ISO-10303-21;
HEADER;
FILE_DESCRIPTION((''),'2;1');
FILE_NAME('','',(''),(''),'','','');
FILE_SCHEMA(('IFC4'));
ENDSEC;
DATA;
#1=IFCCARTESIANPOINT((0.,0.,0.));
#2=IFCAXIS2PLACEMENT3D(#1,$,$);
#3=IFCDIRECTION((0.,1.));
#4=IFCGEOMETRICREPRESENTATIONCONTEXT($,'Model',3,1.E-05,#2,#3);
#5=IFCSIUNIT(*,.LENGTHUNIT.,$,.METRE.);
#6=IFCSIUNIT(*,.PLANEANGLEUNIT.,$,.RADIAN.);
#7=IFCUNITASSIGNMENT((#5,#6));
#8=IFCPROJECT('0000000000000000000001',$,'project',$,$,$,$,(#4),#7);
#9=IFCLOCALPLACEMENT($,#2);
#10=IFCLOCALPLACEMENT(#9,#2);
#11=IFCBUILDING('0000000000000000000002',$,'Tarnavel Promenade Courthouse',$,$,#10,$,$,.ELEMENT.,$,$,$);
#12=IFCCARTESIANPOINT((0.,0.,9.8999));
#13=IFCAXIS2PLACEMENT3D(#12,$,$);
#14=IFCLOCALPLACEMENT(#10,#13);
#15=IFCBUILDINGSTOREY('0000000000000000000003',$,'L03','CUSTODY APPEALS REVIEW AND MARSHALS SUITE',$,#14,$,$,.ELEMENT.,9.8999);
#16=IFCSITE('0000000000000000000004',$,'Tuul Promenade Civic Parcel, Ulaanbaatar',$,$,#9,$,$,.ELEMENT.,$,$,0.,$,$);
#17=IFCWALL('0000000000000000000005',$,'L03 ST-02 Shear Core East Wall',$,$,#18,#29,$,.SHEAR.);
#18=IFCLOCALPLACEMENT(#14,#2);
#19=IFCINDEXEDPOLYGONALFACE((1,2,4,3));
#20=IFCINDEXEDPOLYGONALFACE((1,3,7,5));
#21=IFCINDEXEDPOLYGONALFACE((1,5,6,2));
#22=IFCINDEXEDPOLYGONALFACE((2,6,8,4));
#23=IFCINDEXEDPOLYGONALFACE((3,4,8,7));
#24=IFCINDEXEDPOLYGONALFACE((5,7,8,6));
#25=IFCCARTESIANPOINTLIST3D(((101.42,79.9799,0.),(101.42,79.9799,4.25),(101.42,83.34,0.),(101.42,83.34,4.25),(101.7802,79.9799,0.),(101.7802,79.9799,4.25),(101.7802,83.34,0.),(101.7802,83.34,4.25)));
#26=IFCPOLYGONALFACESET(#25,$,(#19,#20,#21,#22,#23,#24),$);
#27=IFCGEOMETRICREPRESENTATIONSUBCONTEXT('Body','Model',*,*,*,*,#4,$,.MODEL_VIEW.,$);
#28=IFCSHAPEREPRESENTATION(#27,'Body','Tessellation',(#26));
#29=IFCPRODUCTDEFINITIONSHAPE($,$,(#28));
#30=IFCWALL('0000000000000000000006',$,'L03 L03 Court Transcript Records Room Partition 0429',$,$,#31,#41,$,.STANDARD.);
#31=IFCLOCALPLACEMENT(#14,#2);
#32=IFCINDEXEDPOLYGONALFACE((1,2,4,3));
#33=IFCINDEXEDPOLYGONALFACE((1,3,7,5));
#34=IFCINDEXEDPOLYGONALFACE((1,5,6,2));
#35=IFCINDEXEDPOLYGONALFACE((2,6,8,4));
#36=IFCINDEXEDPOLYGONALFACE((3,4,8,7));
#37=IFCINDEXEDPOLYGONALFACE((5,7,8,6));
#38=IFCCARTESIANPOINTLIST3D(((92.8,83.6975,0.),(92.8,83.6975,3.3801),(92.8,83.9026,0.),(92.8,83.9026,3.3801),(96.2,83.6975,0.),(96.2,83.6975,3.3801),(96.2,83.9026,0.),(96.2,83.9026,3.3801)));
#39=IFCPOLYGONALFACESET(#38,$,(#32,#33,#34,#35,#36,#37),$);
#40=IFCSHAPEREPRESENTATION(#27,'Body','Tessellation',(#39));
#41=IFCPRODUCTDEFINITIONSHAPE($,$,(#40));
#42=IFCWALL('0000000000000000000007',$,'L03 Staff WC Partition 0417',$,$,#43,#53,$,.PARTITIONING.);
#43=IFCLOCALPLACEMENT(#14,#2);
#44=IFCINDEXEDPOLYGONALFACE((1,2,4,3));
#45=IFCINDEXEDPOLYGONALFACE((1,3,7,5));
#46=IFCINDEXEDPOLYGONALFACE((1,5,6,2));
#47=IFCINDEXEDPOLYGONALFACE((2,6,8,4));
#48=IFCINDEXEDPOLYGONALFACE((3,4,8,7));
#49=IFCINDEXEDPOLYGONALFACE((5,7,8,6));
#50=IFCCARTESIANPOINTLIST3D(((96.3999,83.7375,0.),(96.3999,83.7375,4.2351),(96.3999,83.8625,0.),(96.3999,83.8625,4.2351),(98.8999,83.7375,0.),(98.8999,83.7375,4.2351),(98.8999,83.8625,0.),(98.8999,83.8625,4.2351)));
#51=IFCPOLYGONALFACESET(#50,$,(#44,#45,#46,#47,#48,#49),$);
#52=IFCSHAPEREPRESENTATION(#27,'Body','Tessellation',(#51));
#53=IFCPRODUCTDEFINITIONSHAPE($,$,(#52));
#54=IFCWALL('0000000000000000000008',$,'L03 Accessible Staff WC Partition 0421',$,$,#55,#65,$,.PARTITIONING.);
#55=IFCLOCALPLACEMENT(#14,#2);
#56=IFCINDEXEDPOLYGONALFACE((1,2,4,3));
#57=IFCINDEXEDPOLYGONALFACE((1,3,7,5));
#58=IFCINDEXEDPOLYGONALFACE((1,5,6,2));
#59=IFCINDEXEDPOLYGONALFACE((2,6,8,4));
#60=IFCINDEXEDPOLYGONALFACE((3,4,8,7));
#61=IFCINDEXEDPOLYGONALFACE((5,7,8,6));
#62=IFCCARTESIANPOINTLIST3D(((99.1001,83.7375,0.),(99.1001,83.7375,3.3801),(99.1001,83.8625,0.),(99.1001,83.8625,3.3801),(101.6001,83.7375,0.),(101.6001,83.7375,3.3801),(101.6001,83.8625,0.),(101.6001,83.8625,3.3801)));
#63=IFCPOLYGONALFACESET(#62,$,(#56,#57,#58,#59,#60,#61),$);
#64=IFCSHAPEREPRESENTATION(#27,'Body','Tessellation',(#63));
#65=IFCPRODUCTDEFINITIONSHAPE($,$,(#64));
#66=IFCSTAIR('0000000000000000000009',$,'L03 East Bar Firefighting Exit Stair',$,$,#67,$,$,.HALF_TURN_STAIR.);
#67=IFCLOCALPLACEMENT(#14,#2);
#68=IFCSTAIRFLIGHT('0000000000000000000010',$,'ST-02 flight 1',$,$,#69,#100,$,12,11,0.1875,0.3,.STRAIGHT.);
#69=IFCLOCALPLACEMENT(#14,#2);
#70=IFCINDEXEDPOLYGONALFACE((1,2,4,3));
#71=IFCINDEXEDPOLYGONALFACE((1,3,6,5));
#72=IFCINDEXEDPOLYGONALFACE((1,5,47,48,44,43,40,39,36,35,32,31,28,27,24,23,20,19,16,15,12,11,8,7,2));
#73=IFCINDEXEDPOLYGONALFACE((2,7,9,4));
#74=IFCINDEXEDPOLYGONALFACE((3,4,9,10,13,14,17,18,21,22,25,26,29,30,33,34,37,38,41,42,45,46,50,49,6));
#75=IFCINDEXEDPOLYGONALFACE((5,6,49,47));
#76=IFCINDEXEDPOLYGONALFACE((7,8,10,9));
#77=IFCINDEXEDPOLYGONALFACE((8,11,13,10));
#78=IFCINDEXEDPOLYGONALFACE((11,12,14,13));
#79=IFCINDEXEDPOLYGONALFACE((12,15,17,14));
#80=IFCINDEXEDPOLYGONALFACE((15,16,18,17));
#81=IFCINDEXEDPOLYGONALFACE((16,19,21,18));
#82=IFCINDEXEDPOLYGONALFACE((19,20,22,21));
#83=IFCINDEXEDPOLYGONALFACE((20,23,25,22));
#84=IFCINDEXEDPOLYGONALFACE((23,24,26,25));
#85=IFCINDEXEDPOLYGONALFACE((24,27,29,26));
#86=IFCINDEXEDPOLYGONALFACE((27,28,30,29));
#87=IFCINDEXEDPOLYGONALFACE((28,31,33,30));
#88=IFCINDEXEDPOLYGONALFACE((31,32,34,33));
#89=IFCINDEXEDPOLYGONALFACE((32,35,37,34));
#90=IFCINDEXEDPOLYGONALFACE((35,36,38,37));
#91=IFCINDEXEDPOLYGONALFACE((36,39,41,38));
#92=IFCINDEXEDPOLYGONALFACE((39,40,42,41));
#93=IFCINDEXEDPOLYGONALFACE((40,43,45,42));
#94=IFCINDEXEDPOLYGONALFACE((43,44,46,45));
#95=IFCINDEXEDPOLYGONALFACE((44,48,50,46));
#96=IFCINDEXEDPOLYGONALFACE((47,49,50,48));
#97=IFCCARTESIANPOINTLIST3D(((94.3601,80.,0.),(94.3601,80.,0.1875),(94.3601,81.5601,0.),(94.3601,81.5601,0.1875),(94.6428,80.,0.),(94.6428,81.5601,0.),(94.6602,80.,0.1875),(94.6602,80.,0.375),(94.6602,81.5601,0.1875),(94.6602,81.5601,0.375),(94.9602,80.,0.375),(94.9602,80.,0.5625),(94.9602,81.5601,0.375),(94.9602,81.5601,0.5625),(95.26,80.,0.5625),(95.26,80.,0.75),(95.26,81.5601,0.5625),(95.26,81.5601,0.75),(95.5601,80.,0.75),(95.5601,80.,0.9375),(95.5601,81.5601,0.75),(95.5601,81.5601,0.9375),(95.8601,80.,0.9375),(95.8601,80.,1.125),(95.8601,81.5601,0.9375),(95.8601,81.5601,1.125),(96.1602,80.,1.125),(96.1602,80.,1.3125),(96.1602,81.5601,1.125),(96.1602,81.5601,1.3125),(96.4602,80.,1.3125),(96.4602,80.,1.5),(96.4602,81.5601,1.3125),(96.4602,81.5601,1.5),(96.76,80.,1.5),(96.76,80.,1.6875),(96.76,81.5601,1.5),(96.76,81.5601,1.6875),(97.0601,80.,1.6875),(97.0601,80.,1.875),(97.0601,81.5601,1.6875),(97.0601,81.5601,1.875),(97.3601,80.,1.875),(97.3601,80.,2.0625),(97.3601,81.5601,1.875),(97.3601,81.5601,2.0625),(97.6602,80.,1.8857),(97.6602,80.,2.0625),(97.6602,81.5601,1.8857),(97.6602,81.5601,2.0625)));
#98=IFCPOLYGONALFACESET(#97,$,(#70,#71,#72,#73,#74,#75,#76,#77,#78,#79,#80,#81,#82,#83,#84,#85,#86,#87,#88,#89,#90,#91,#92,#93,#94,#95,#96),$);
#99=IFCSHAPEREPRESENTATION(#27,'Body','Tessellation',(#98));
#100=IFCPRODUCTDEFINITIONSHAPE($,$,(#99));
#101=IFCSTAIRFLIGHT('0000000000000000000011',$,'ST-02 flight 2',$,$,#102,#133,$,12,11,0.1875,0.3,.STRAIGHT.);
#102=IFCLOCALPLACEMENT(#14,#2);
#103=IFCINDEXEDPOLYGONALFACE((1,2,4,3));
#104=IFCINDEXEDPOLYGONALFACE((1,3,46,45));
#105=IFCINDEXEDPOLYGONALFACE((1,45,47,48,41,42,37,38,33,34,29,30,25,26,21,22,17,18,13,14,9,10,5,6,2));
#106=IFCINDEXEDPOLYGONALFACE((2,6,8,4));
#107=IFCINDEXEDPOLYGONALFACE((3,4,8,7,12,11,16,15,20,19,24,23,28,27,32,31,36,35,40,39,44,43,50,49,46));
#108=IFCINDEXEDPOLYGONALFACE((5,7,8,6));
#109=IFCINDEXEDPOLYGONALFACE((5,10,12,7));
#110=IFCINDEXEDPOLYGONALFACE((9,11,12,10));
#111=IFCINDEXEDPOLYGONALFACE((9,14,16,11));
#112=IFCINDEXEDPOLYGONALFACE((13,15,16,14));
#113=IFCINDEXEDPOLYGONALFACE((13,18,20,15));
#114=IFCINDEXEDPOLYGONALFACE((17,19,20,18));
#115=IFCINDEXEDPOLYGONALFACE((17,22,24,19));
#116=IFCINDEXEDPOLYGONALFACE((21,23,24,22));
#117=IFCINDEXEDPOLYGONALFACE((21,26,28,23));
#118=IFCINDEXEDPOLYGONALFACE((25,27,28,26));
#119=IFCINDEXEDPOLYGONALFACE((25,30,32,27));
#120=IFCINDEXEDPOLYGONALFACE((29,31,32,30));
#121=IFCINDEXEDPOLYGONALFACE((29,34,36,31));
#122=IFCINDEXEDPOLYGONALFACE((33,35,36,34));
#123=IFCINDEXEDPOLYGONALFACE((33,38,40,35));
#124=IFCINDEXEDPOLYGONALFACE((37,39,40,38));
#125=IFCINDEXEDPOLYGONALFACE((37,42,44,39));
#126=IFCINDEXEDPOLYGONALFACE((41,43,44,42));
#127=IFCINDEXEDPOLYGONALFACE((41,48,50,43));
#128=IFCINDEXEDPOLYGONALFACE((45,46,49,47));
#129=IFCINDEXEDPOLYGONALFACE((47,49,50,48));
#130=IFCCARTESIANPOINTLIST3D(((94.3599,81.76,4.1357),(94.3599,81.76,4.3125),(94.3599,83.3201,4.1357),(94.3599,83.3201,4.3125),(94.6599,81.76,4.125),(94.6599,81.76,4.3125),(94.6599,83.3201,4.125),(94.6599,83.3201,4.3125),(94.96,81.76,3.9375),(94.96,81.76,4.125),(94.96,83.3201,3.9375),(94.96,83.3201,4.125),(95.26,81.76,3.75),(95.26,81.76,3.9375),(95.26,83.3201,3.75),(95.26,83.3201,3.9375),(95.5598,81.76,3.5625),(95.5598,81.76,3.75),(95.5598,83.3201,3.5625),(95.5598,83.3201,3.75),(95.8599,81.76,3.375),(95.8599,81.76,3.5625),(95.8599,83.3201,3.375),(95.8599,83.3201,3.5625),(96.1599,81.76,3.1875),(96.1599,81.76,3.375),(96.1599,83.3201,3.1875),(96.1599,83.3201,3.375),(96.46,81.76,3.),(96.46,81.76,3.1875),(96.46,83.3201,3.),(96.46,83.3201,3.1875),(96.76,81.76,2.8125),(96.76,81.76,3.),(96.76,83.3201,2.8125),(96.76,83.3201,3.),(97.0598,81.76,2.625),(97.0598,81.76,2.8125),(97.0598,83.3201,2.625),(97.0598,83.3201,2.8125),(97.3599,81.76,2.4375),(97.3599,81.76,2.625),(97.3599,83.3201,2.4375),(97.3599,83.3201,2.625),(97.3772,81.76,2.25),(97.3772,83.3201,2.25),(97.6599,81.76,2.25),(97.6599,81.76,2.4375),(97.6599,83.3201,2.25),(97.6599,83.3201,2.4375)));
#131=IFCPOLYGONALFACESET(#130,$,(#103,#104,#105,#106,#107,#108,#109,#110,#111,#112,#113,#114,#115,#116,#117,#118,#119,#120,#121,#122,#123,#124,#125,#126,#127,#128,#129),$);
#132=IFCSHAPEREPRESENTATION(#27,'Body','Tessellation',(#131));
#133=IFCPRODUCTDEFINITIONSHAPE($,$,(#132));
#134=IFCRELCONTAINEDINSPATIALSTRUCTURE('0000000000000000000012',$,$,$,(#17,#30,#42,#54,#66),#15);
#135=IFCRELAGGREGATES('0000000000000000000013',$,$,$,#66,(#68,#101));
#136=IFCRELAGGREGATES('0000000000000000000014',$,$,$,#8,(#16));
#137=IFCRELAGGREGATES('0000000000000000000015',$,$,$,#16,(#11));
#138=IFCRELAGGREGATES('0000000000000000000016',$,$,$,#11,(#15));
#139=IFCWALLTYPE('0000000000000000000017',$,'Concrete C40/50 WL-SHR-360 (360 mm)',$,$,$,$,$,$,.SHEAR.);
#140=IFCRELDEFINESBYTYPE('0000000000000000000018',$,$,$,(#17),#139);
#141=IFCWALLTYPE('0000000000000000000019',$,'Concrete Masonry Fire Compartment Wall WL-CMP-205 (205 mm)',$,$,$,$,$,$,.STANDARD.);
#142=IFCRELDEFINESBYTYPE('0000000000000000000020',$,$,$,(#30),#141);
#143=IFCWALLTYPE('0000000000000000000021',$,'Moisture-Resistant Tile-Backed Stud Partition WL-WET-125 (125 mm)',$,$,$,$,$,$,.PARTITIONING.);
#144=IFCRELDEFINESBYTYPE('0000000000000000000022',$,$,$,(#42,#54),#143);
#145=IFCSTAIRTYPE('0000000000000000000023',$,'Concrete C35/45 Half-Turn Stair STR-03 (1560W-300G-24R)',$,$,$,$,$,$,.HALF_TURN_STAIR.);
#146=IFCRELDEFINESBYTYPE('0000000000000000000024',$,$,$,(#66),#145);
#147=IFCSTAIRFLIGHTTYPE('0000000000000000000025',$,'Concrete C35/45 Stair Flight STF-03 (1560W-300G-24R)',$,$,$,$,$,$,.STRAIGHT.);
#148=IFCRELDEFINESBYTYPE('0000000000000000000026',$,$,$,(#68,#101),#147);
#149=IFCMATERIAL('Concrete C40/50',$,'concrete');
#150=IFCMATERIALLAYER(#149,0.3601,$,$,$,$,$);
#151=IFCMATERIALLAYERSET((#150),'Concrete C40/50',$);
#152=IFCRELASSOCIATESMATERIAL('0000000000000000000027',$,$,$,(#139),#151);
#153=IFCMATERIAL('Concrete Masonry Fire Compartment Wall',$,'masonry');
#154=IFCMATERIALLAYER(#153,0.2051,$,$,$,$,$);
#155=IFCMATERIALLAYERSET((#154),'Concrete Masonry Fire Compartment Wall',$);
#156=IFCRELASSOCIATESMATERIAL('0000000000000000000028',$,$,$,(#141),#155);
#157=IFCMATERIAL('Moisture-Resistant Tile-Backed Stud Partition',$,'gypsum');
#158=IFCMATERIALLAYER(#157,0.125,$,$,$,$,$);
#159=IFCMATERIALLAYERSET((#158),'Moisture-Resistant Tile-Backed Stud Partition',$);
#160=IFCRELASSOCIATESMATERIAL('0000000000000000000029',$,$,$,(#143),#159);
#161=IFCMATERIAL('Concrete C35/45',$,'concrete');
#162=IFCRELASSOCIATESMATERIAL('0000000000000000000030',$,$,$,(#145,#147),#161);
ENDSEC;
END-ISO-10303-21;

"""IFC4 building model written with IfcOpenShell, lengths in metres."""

from ifc_helpers import new_model, si_unit, direction, frame, frame_2d, origin, place, context, subcontext, project, spatial, polyline, rectangle, outline, extrude, material, layer, layer_set, type_object, element, aggregate, save


model = new_model("IFC4")

# Units and contexts
model_context = context("Model", 3, precision=1e-05, world=origin(), true_north=direction((0.0, 1.0)))
body_context = subcontext(model_context, "Body", "Model", "MODEL_VIEW")
ifc_project = project(units=[si_unit("LENGTHUNIT", "METRE"), si_unit("PLANEANGLEUNIT", "RADIAN")], contexts=[model_context])

# Site, building, storey
site_placement = place(None, origin())
site = spatial("IfcSite", under=ifc_project, at=site_placement, Name="Tuul Promenade Civic Parcel, Ulaanbaatar", CompositionType="ELEMENT", RefElevation=0.0)
building_placement = place(site_placement, origin())
building = spatial("IfcBuilding", under=site, at=building_placement, Name="Tarnavel Promenade Courthouse", CompositionType="ELEMENT")
storey_placement = place(building_placement, frame((0.0, 0.0, 9.8999)))
storey = spatial("IfcBuildingStorey", under=building, at=storey_placement, Name="L03", Description="CUSTODY APPEALS REVIEW AND MARSHALS SUITE", CompositionType="ELEMENT", Elevation=9.8999)

# Shared definitions
ifc_material_1 = material(Name="Concrete C40/50", Category="concrete")

# Shared definitions
ifc_layer_1 = layer(ifc_material_1, 0.3601)
ifc_layer_set_1 = layer_set([ifc_layer_1], Name="Concrete C40/50")
wall_type_1 = type_object("IfcWallType", Name="Concrete C40/50 WL-SHR-360 (360 mm)", PredefinedType="SHEAR", material=ifc_layer_set_1)

# Walls
wall_1_placement = place(storey_placement, frame((101.6001, 83.3401, 0.0), z_axis=(0.0, 0.0, 1.0), x_axis=(0.0, -1.0, 0.0)))
element("IfcWall", 1, at=wall_1_placement, inside=storey, type_object=wall_type_1, Name="L03 ST-02 Shear Core East Wall", PredefinedType="SHEAR", context=body_context, shape_type="SweptSolid", body=[
    extrude(rectangle(XDim=3.3601, YDim=0.3601, at=frame_2d((1.6802, 0.0))), origin(), (0.0, 0.0, 1.0), 4.25),
])
ifc_material_2 = material(Name="Concrete Masonry Fire Compartment Wall", Category="masonry")
ifc_layer_2 = layer(ifc_material_2, 0.2051)
ifc_layer_set_2 = layer_set([ifc_layer_2], Name="Concrete Masonry Fire Compartment Wall")
wall_type_2 = type_object("IfcWallType", Name="Concrete Masonry Fire Compartment Wall WL-CMP-205 (205 mm)", PredefinedType="STANDARD", material=ifc_layer_set_2)
wall_2_placement = place(storey_placement, frame((96.2, 83.8, 0.0), z_axis=(0.0, 0.0, 1.0), x_axis=(-1.0, 0.0, 0.0)))
element("IfcWall", 2, at=wall_2_placement, inside=storey, type_object=wall_type_2, Name="L03 L03 Court Transcript Records Room Partition 0429", PredefinedType="STANDARD", context=body_context, shape_type="SweptSolid", body=[
    extrude(rectangle(XDim=3.3999, YDim=0.2051, at=frame_2d((1.7, 0.0))), origin(), (0.0, 0.0, 1.0), 3.3801),
])
ifc_material_3 = material(Name="Moisture-Resistant Tile-Backed Stud Partition", Category="gypsum")
ifc_layer_3 = layer(ifc_material_3, 0.125)
ifc_layer_set_3 = layer_set([ifc_layer_3], Name="Moisture-Resistant Tile-Backed Stud Partition")
wall_type_3 = type_object("IfcWallType", Name="Moisture-Resistant Tile-Backed Stud Partition WL-WET-125 (125 mm)", PredefinedType="PARTITIONING", material=ifc_layer_set_3)
wall_3_placement = place(storey_placement, frame((98.8999, 83.8, 0.0), z_axis=(0.0, 0.0, 1.0), x_axis=(-1.0, 0.0, 0.0)))
element("IfcWall", 3, at=wall_3_placement, inside=storey, type_object=wall_type_3, Name="L03 Staff WC Partition 0417", PredefinedType="PARTITIONING", context=body_context, shape_type="SweptSolid", body=[
    extrude(rectangle(XDim=2.5, YDim=0.125, at=frame_2d((1.25, 0.0))), origin(), (0.0, 0.0, 1.0), 4.2351),
])
wall_4_placement = place(storey_placement, frame((101.6001, 83.8, 0.0), z_axis=(0.0, 0.0, 1.0), x_axis=(-1.0, 0.0, 0.0)))
element("IfcWall", 4, at=wall_4_placement, inside=storey, type_object=wall_type_3, Name="L03 Accessible Staff WC Partition 0421", PredefinedType="PARTITIONING", context=body_context, shape_type="SweptSolid", body=[
    extrude(rectangle(XDim=2.5, YDim=0.125, at=frame_2d((1.25, 0.0))), origin(), (0.0, 0.0, 1.0), 3.3801),
])

# Stair, stair flights
ifc_material_4 = material(Name="Concrete C35/45", Category="concrete")
stair_type = type_object("IfcStairType", Name="Concrete C35/45 Half-Turn Stair STR-03 (1560W-300G-24R)", PredefinedType="HALF_TURN_STAIR", material=ifc_material_4)
stair_placement = place(storey_placement, origin())
stair = element("IfcStair", 5, at=stair_placement, inside=storey, type_object=stair_type, Name="L03 East Bar Firefighting Exit Stair", PredefinedType="HALF_TURN_STAIR")
stair_flight_type = type_object("IfcStairFlightType", Name="Concrete C35/45 Stair Flight STF-03 (1560W-300G-24R)", PredefinedType="STRAIGHT", material=ifc_material_4)
stair_flight_1_placement = place(storey_placement, frame((94.3601, 80.78, 0.0), z_axis=(0.0, 0.0, 1.0), x_axis=(1.0, 0.0, 0.0)))
stair_flight_1 = element("IfcStairFlight", 6, at=stair_flight_1_placement, type_object=stair_flight_type, Name="ST-02 flight 1", NumberOfRisers=12, NumberOfTreads=11, PredefinedType="STRAIGHT", RiserHeight=0.1875, TreadLength=0.3, context=body_context, shape_type="SweptSolid", body=[
    extrude(outline(polyline([(0.0, 0.0), (0.0, 0.1875), (0.3, 0.1875), (0.3, 0.375), (0.6001, 0.375), (0.6001, 0.5625), (0.8999, 0.5625), (0.8999, 0.75), (1.2, 0.75), (1.2, 0.9375), (1.5, 0.9375), (1.5, 1.125), (1.8, 1.125), (1.8, 1.3125), (2.1001, 1.3125), (2.1001, 1.5), (2.3999, 1.5), (2.3999, 1.6875), (2.7, 1.6875), (2.7, 1.875), (3.0, 1.875), (3.0, 2.0625), (3.3, 2.0625), (3.3, 2.25), (3.3, 1.8857), (0.2827, 0.0), (0.0, 0.0)])), frame((0.0, 0.78, 0.0), z_axis=(0.0, -1.0, 0.0), x_axis=(1.0, 0.0, 0.0)), (0.0, 0.0, 1.0), 1.5601),
])
stair_flight_2_placement = place(storey_placement, frame((97.6599, 82.54, 2.25), z_axis=(0.0, 0.0, 1.0), x_axis=(-1.0, 0.0, 0.0)))
stair_flight_2 = element("IfcStairFlight", 7, at=stair_flight_2_placement, type_object=stair_flight_type, Name="ST-02 flight 2", NumberOfRisers=12, NumberOfTreads=11, PredefinedType="STRAIGHT", RiserHeight=0.1875, TreadLength=0.3, context=body_context, shape_type="SweptSolid", body=[
    extrude(outline(polyline([(0.0, 0.0), (0.0, 0.1875), (0.3, 0.1875), (0.3, 0.375), (0.6001, 0.375), (0.6001, 0.5625), (0.8999, 0.5625), (0.8999, 0.75), (1.2, 0.75), (1.2, 0.9375), (1.5, 0.9375), (1.5, 1.125), (1.8, 1.125), (1.8, 1.3125), (2.1001, 1.3125), (2.1001, 1.5), (2.3999, 1.5), (2.3999, 1.6875), (2.7, 1.6875), (2.7, 1.875), (3.0, 1.875), (3.0, 2.0625), (3.3, 2.0625), (3.3, 2.25), (3.3, 1.8857), (0.2827, 0.0), (0.0, 0.0)])), frame((0.0, 0.78, 0.0), z_axis=(0.0, -1.0, 0.0), x_axis=(1.0, 0.0, 0.0)), (0.0, 0.0, 1.0), 1.5601),
])
aggregate(stair, [stair_flight_1, stair_flight_2])

save(model, "model.ifc")
